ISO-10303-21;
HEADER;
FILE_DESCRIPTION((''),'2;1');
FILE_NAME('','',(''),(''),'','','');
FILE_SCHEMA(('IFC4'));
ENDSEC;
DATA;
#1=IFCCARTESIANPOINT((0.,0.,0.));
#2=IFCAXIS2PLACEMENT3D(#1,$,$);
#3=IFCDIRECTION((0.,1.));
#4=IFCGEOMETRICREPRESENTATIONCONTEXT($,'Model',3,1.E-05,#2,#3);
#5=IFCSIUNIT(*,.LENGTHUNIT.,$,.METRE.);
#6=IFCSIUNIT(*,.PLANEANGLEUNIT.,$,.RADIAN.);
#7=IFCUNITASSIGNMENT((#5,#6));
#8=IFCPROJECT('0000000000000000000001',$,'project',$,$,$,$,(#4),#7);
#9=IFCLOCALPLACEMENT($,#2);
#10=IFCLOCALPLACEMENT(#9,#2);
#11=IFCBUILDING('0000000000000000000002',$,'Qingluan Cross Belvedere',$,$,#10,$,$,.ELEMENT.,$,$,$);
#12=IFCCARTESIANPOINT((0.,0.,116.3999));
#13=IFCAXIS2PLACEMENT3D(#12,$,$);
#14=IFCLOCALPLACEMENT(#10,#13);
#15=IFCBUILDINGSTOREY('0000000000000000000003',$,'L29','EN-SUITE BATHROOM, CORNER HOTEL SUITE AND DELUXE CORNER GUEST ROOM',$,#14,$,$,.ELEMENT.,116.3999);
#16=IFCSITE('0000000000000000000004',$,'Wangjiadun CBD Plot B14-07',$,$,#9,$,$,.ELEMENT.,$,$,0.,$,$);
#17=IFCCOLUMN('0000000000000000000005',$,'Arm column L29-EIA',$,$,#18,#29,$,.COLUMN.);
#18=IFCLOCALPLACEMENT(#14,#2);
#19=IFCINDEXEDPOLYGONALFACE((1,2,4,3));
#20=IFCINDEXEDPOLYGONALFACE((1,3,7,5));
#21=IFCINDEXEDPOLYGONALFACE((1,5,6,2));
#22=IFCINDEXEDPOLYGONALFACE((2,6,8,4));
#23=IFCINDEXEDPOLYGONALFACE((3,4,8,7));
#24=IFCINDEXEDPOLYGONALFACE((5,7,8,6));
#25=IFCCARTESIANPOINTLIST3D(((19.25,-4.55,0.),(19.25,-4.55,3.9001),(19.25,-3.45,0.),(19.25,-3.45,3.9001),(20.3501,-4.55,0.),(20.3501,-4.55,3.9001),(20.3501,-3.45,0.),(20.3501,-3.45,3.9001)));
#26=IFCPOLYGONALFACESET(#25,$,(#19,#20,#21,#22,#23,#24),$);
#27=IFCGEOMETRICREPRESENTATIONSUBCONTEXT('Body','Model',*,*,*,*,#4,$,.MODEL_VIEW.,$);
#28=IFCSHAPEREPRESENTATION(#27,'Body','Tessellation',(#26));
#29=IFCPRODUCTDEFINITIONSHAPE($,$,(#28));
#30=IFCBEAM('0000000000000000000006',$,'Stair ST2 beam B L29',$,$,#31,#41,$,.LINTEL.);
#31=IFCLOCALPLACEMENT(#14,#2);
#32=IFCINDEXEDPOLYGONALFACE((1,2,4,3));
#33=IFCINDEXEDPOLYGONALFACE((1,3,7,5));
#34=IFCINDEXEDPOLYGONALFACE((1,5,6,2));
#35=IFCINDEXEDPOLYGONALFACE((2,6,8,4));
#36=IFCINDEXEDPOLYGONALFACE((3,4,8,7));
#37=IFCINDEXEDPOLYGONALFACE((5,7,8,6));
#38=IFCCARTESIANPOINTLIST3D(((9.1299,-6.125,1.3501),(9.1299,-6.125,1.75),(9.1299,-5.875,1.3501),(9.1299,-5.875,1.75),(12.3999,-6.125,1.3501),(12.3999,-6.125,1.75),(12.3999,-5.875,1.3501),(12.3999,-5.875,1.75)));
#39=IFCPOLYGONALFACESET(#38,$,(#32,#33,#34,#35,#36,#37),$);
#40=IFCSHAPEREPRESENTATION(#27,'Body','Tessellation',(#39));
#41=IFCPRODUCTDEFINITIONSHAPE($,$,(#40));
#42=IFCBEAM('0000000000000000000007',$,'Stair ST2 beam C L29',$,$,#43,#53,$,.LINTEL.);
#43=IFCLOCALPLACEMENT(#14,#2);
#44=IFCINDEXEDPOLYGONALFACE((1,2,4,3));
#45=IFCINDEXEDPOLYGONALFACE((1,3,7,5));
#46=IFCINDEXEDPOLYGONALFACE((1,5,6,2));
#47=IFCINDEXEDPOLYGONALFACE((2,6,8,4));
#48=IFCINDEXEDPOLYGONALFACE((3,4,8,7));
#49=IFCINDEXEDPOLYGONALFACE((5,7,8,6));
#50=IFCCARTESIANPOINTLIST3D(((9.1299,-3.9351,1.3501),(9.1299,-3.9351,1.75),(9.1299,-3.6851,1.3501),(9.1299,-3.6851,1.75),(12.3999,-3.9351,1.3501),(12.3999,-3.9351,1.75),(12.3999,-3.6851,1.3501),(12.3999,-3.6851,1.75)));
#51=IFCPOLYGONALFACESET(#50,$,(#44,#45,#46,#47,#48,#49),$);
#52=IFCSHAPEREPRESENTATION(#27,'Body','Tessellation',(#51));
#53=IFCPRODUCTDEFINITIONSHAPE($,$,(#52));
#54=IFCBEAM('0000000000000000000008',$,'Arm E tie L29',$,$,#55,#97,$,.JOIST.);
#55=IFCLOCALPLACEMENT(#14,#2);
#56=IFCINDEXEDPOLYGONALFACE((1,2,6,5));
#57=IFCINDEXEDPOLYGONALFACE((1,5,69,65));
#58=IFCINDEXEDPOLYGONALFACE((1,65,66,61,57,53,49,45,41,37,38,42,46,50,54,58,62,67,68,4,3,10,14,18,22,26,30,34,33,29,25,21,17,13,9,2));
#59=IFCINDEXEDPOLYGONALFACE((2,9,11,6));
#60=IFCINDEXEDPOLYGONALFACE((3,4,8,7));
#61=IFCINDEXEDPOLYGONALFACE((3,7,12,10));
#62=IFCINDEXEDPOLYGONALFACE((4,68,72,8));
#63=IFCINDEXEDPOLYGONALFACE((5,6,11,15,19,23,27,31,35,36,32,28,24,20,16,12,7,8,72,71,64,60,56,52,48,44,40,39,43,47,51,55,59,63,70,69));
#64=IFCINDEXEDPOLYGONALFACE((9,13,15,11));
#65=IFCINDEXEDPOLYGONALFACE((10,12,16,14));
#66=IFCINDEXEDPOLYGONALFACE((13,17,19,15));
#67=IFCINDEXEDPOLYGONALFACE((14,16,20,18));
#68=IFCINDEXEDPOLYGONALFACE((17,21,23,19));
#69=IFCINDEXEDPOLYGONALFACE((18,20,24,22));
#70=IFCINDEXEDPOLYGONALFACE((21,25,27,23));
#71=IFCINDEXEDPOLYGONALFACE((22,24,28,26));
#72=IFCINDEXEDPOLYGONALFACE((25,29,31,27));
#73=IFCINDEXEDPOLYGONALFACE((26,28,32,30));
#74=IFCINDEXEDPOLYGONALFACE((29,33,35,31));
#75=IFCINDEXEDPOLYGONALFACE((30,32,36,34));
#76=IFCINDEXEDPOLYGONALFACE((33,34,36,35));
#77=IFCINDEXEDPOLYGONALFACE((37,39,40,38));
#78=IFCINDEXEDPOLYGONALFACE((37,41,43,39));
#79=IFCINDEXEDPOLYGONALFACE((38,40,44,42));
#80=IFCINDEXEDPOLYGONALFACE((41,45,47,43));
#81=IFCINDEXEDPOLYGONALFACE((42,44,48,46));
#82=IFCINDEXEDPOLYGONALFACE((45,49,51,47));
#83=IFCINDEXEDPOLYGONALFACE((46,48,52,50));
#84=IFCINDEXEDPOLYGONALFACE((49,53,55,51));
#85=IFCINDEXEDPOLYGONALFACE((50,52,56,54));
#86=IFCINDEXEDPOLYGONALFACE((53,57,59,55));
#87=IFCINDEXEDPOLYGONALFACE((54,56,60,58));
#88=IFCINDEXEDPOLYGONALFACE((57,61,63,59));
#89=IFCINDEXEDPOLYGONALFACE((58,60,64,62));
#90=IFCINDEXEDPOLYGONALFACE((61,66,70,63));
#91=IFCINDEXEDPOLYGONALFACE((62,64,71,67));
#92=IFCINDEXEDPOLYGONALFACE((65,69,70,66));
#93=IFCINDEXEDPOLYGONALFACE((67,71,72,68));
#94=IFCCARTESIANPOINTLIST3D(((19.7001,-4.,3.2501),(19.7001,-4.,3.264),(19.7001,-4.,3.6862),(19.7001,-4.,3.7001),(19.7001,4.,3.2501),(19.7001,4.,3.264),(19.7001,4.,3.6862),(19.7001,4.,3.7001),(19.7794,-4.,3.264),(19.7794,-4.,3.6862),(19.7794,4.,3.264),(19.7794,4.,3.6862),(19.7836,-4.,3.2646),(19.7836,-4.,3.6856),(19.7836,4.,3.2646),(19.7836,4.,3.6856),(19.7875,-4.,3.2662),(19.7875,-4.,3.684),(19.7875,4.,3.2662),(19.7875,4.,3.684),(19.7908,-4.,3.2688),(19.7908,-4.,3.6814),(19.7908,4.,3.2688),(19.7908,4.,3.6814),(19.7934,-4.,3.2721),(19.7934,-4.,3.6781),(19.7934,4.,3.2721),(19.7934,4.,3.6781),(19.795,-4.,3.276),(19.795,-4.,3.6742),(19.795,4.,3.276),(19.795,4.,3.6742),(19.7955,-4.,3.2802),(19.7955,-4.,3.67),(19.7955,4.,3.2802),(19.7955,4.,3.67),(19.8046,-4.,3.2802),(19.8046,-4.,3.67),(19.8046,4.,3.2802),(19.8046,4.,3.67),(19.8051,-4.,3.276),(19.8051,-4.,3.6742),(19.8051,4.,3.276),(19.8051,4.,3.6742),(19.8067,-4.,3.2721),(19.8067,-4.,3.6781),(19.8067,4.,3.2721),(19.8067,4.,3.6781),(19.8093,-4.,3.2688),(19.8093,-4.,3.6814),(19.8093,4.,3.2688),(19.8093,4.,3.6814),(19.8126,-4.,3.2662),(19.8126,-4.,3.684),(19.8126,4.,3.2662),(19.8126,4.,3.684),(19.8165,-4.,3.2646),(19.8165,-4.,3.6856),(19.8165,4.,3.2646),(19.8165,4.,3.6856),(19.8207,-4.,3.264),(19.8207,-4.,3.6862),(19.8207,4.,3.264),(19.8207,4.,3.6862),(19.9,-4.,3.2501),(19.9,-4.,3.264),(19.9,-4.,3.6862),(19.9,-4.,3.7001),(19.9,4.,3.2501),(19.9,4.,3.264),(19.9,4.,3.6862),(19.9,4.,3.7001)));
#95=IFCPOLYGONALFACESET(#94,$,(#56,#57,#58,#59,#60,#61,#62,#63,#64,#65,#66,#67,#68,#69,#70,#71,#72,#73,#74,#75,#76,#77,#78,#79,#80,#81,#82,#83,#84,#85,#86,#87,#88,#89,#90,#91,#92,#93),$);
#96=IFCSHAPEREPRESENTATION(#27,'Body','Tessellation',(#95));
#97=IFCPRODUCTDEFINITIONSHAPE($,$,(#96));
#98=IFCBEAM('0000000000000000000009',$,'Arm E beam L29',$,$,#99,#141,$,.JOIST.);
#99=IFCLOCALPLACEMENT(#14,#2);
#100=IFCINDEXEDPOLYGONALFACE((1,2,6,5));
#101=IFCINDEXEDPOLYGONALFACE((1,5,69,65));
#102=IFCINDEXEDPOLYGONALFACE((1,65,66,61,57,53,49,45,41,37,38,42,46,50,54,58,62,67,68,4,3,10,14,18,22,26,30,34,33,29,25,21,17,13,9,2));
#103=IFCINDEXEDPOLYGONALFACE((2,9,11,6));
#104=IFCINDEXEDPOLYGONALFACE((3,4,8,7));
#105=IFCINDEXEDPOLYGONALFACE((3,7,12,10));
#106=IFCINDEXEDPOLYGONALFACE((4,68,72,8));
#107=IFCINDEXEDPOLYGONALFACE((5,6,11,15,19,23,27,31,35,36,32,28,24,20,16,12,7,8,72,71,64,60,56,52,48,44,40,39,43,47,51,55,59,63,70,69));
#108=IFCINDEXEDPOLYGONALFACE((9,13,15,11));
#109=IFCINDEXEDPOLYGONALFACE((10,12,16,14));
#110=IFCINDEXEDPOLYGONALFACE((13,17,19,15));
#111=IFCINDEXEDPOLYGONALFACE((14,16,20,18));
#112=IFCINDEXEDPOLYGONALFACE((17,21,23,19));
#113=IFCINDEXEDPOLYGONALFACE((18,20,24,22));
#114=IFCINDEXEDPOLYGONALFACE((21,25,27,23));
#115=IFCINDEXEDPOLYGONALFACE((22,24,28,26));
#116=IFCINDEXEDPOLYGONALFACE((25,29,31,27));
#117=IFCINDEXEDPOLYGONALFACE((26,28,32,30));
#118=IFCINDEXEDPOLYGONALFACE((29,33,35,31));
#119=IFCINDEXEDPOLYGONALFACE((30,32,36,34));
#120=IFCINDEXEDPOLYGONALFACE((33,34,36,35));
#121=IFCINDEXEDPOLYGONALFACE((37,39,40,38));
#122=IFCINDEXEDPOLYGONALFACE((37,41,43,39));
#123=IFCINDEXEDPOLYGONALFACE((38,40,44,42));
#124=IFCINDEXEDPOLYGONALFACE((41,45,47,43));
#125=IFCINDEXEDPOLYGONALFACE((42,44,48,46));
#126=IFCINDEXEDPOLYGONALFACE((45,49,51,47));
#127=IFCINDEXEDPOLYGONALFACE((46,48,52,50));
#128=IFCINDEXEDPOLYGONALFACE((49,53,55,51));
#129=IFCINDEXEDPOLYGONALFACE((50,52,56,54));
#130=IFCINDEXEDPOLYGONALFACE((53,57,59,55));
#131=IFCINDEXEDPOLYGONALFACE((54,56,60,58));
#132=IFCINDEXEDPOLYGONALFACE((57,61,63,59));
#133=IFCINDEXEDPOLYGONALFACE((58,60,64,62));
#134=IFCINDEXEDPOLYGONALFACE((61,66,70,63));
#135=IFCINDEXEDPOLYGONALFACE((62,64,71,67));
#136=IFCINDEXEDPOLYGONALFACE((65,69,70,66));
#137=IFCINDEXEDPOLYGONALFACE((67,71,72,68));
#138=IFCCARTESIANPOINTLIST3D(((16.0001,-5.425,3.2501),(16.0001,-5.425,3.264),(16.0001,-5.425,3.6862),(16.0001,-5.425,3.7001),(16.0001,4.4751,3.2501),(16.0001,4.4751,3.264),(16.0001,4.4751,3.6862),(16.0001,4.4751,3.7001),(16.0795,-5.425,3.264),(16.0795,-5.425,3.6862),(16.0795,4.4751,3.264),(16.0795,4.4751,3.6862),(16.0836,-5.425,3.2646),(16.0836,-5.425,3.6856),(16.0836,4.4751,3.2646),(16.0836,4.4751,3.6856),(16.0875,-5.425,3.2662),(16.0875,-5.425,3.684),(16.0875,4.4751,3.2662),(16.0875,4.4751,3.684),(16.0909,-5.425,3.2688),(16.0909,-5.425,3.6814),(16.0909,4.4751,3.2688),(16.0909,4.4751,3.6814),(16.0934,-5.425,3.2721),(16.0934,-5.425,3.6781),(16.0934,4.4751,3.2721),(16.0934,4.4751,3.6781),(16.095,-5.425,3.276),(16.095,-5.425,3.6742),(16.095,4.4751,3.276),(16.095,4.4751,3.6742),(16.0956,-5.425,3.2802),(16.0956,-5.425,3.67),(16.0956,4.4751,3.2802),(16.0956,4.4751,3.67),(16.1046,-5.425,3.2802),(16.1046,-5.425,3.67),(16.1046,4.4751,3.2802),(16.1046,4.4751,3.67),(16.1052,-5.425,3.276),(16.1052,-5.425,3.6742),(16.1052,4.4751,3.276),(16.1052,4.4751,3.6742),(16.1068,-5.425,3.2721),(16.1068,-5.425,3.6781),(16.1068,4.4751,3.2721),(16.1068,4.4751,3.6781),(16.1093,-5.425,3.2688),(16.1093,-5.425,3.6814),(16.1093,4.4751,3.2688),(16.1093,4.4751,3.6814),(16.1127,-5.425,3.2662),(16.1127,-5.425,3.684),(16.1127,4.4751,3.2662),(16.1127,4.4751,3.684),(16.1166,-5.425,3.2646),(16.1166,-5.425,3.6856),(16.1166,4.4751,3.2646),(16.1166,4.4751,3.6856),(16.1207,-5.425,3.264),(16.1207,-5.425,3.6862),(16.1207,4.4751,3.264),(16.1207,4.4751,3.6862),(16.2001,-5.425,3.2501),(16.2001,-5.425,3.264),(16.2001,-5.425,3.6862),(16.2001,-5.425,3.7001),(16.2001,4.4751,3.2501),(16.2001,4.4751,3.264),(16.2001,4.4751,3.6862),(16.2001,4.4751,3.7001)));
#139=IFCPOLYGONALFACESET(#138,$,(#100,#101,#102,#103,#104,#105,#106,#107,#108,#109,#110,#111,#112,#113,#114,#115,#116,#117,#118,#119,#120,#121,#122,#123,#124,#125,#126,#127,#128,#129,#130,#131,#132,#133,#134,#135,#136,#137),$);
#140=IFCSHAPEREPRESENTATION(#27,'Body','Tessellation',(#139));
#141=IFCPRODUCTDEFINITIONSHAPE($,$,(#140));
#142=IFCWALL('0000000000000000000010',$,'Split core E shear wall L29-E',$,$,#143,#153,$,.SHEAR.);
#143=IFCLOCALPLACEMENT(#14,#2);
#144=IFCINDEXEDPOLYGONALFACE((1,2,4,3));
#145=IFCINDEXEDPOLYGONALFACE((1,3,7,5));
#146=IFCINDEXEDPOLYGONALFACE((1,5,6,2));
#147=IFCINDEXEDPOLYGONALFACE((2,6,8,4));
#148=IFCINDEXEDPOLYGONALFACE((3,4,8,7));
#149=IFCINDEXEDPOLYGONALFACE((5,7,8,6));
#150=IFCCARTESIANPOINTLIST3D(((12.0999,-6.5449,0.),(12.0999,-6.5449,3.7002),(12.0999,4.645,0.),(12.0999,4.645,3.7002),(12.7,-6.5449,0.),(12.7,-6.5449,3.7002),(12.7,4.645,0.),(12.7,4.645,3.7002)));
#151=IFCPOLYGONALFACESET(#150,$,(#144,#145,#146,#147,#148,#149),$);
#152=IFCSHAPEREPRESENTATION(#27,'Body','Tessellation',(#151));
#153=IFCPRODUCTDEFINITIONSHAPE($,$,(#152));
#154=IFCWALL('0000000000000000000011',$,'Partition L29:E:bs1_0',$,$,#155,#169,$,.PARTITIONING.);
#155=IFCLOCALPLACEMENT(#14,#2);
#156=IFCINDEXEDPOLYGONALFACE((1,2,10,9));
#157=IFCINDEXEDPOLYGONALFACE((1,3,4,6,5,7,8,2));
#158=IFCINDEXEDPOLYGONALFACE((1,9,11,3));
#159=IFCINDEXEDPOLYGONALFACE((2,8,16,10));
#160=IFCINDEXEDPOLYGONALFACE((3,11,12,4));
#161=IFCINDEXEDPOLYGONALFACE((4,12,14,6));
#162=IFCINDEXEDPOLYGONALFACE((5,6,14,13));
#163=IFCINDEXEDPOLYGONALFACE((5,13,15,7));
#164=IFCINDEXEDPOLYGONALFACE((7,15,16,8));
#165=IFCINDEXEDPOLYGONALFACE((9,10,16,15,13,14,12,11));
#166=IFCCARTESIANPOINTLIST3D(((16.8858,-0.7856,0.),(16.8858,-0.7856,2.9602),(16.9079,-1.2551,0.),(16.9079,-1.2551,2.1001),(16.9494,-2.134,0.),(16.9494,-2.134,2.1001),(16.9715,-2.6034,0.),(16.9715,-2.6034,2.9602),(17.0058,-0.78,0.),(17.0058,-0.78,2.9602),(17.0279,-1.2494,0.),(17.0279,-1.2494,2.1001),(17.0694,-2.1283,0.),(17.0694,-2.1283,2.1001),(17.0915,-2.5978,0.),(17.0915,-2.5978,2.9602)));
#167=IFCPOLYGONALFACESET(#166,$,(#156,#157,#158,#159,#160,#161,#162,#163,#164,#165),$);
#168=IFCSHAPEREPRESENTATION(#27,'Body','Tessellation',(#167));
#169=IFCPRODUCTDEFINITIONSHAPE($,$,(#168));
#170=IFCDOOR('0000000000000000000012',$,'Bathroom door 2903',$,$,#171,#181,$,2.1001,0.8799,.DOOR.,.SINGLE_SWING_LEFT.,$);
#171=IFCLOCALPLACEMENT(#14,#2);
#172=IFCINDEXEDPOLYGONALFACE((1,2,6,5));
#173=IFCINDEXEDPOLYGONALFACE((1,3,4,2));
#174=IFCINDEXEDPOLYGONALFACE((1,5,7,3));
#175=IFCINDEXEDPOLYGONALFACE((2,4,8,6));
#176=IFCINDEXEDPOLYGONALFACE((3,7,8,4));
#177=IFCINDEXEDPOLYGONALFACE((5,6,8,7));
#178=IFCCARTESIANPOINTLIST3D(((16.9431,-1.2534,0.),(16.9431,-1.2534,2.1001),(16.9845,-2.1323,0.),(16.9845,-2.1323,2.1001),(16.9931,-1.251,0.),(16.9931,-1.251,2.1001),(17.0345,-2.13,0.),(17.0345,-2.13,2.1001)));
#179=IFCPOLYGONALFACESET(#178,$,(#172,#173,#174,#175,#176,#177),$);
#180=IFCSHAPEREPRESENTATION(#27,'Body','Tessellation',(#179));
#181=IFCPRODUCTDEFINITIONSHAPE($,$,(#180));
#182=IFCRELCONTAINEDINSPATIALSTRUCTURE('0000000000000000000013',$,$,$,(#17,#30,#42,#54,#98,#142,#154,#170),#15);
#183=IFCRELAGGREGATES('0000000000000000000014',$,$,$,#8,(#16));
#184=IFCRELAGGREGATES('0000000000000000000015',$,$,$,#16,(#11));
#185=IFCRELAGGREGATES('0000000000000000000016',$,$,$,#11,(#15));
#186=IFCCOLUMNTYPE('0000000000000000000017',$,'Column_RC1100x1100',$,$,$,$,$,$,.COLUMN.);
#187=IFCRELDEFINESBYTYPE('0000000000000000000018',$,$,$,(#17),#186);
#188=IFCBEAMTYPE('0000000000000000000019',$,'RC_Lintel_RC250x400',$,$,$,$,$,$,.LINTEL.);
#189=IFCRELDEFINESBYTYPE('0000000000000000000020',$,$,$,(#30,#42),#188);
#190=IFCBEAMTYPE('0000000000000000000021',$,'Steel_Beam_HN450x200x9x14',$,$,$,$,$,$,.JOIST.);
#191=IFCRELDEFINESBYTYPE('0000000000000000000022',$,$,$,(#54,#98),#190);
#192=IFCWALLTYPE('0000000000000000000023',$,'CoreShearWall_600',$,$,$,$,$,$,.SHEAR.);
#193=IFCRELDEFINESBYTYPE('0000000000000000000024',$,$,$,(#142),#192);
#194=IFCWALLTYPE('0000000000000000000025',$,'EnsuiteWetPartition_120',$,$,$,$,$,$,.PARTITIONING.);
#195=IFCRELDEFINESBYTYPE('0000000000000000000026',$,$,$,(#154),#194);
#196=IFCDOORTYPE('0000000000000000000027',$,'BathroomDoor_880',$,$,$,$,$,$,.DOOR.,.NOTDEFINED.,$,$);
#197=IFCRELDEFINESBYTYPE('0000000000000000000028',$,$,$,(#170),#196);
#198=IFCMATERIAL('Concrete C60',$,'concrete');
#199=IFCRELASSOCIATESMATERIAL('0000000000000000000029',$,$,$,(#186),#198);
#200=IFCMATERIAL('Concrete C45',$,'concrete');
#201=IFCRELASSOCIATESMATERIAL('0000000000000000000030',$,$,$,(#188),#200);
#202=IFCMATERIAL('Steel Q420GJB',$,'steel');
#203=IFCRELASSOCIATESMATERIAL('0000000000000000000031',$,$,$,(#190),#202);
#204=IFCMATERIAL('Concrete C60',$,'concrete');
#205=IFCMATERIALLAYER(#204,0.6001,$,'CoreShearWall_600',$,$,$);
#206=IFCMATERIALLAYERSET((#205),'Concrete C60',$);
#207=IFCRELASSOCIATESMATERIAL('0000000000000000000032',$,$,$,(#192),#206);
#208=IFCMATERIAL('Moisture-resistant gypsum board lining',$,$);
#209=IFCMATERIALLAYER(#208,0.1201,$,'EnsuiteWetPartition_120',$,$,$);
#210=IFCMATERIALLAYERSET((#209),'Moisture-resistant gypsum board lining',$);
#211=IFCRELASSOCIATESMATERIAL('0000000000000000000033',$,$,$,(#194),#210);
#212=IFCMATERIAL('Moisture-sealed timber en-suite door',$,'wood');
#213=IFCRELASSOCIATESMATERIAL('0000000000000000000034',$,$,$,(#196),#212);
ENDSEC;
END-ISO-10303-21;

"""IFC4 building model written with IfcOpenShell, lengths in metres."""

from ifc_helpers import new_model, si_unit, direction, frame, frame_2d, origin, origin_2d, place, context, subcontext, project, spatial, rectangle, i_section, extrude, material, layer, layer_set, material_profile, profile_set, type_object, element, fill, save


model = new_model("IFC4")

# Units and contexts
model_context = context("Model", 3, precision=1e-05, world=origin(), true_north=direction((0.0, 1.0)))
body_context = subcontext(model_context, "Body", "Model", "MODEL_VIEW")
ifc_project = project(units=[si_unit("LENGTHUNIT", "METRE"), si_unit("PLANEANGLEUNIT", "RADIAN")], contexts=[model_context])

# Site, building, storey
site_placement = place(None, origin())
site = spatial("IfcSite", under=ifc_project, at=site_placement, Name="Wangjiadun CBD Plot B14-07", CompositionType="ELEMENT", RefElevation=0.0)
building_placement = place(site_placement, origin())
building = spatial("IfcBuilding", under=site, at=building_placement, Name="Qingluan Cross Belvedere", CompositionType="ELEMENT")
storey_placement = place(building_placement, frame((0.0, 0.0, 116.3999)))
storey = spatial("IfcBuildingStorey", under=building, at=storey_placement, Name="L29", Description="EN-SUITE BATHROOM, CORNER HOTEL SUITE AND DELUXE CORNER GUEST ROOM", CompositionType="ELEMENT", Elevation=116.3999)

# Column
ifc_material_1 = material(Name="Concrete C60", Category="concrete")
ifc_material_profile_1 = material_profile(ifc_material_1, rectangle(XDim=1.1001, YDim=1.1001, at=origin_2d()), Name="RC1100x1100")
ifc_profile_set_1 = profile_set([ifc_material_profile_1], Name="Concrete C60")
column_type = type_object("IfcColumnType", Name="Column_RC1100x1100", PredefinedType="COLUMN", material=ifc_profile_set_1)
column_placement = place(storey_placement, frame((19.8, -4.0, 0.0), z_axis=(0.0, 0.0, 1.0), x_axis=(1.0, 0.0, 0.0)))
element("IfcColumn", 1, at=column_placement, inside=storey, type_object=column_type, Name="Arm column L29-EIA", PredefinedType="COLUMN", context=body_context, shape_type="SweptSolid", body=[
    extrude(rectangle(XDim=1.1001, YDim=1.1001, at=origin_2d()), origin(), (0.0, 0.0, 1.0), 3.9001),
])

# Beams
ifc_material_2 = material(Name="Concrete C45", Category="concrete")
ifc_material_profile_2 = material_profile(ifc_material_2, rectangle(XDim=0.25, YDim=0.3999, at=origin_2d()), Name="RC250x400")
ifc_profile_set_2 = profile_set([ifc_material_profile_2], Name="Concrete C45")
beam_type_1 = type_object("IfcBeamType", Name="RC_Lintel_RC250x400", PredefinedType="LINTEL", material=ifc_profile_set_2)
for number, where, z_axis, x_axis, name in (
    (2, (12.3999, -6.0, 1.55), (-1.0, 0.0, 0.0), (0.0, -1.0, 0.0), "Stair ST2 beam B L29"),
    (3, (12.3999, -3.8101, 1.55), (-1.0, 0.0, 0.0), (0.0, -1.0, 0.0), "Stair ST2 beam C L29"),
):
    element("IfcBeam", number, at=place(storey_placement, frame(where, z_axis=z_axis, x_axis=x_axis)), inside=storey, type_object=beam_type_1, Name=name, PredefinedType="LINTEL", context=body_context, shape_type="SweptSolid", body=[
        extrude(rectangle(XDim=0.25, YDim=0.3999, at=origin_2d()), origin(), (0.0, 0.0, 1.0), 3.27),
    ])
ifc_material_3 = material(Name="Steel Q420GJB", Category="steel")
ifc_material_profile_3 = material_profile(ifc_material_3, i_section(OverallWidth=0.2, OverallDepth=0.45, WebThickness=0.009, FlangeThickness=0.0139, FilletRadius=0.0161, at=origin_2d()), Name="HN450x200x9x14")
ifc_profile_set_3 = profile_set([ifc_material_profile_3], Name="Steel Q420GJB")
beam_type_2 = type_object("IfcBeamType", Name="Steel_Beam_HN450x200x9x14", PredefinedType="JOIST", material=ifc_profile_set_3)
beam_1_placement = place(storey_placement, frame((19.8, -4.0, 3.4751), z_axis=(0.0, 1.0, 0.0), x_axis=(-1.0, 0.0, 0.0)))
element("IfcBeam", 4, at=beam_1_placement, inside=storey, type_object=beam_type_2, Name="Arm E tie L29", PredefinedType="JOIST", context=body_context, shape_type="SweptSolid", body=[
    extrude(i_section(OverallWidth=0.2, OverallDepth=0.45, WebThickness=0.009, FlangeThickness=0.0139, FilletRadius=0.0161, at=origin_2d()), origin(), (0.0, 0.0, 1.0), 8.0),
])
beam_2_placement = place(storey_placement, frame((16.1001, -5.425, 3.4751), z_axis=(0.0, 1.0, 0.0), x_axis=(-1.0, 0.0, 0.0)))
element("IfcBeam", 5, at=beam_2_placement, inside=storey, type_object=beam_type_2, Name="Arm E beam L29", PredefinedType="JOIST", context=body_context, shape_type="SweptSolid", body=[
    extrude(i_section(OverallWidth=0.2, OverallDepth=0.45, WebThickness=0.009, FlangeThickness=0.0139, FilletRadius=0.0161, at=origin_2d()), origin(), (0.0, 0.0, 1.0), 9.9001),
])

# Wall
ifc_material_4 = material(Name="Concrete C60", Category="concrete")
ifc_layer_1 = layer(ifc_material_4, 0.6001, Name="CoreShearWall_600")
ifc_layer_set_1 = layer_set([ifc_layer_1], Name="Concrete C60")
wall_type_1 = type_object("IfcWallType", Name="CoreShearWall_600", PredefinedType="SHEAR", material=ifc_layer_set_1)
wall_1_placement = place(storey_placement, frame((12.3999, -6.5449, 0.0), z_axis=(0.0, 0.0, 1.0), x_axis=(0.0, 1.0, 0.0)))
element("IfcWall", 6, at=wall_1_placement, inside=storey, type_object=wall_type_1, Name="Split core E shear wall L29-E", PredefinedType="SHEAR", context=body_context, shape_type="SweptSolid", body=[
    extrude(rectangle(XDim=11.1899, YDim=0.6001, at=frame_2d((5.595, 0.0))), origin(), (0.0, 0.0, 1.0), 3.7002),
])

# Wall, opening, door
ifc_material_5 = material(Name="Moisture-resistant gypsum board lining")
ifc_layer_2 = layer(ifc_material_5, 0.1201, Name="EnsuiteWetPartition_120")
ifc_layer_set_2 = layer_set([ifc_layer_2], Name="Moisture-resistant gypsum board lining")
wall_type_2 = type_object("IfcWallType", Name="EnsuiteWetPartition_120", PredefinedType="PARTITIONING", material=ifc_layer_set_2)
wall_2_placement = place(storey_placement, frame((17.0315, -2.6006, 0.0), z_axis=(0.0, 0.0, 1.0), x_axis=(-0.047087, 0.998891, 0.0)))
wall_2 = element("IfcWall", 7, at=wall_2_placement, inside=storey, type_object=wall_type_2, Name="Partition L29:E:bs1_0", PredefinedType="PARTITIONING", context=body_context, shape_type="SweptSolid", body=[
    extrude(rectangle(XDim=1.8198, YDim=0.1201, at=frame_2d((0.9099, 0.0))), origin(), (0.0, 0.0, 1.0), 2.9602),
])
opening_1_placement = place(wall_2_placement, frame((0.47, 0.0, 0.0)))
opening_1 = element("IfcOpeningElement", 8, at=opening_1_placement, cuts=wall_2, PredefinedType="OPENING", context=body_context, shape_type="SweptSolid", body=[
    extrude(rectangle(XDim=0.8799, YDim=2.1001, at=frame_2d((0.4399, 1.05))), frame((0.0, 0.0701, 0.0), z_axis=(0.0, -1.0, 0.0), x_axis=(1.0, 0.0, 0.0)), (0.0, 0.0, 1.0), 0.1401),
])
ifc_material_6 = material(Name="Moisture-sealed timber en-suite door", Category="wood")
door_type_1 = type_object("IfcDoorType", Name="BathroomDoor_880", OperationType="NOTDEFINED", PredefinedType="DOOR", material=ifc_material_6)
door_1_placement = place(opening_1_placement, origin())
door_1 = element("IfcDoor", 9, at=door_1_placement, inside=storey, type_object=door_type_1, Name="Bathroom door 2903", OperationType="SINGLE_SWING_LEFT", OverallHeight=2.1001, OverallWidth=0.8799, PredefinedType="DOOR", context=body_context, shape_type="SweptSolid", body=[
    extrude(rectangle(XDim=0.8799, YDim=2.1001, at=frame_2d((0.4399, 1.05))), frame((0.0, 0.0249, 0.0), z_axis=(0.0, -1.0, 0.0), x_axis=(1.0, 0.0, 0.0)), (0.0, 0.0, 1.0), 0.05),
])
fill(opening_1, door_1)

save(model, "model.ifc")
